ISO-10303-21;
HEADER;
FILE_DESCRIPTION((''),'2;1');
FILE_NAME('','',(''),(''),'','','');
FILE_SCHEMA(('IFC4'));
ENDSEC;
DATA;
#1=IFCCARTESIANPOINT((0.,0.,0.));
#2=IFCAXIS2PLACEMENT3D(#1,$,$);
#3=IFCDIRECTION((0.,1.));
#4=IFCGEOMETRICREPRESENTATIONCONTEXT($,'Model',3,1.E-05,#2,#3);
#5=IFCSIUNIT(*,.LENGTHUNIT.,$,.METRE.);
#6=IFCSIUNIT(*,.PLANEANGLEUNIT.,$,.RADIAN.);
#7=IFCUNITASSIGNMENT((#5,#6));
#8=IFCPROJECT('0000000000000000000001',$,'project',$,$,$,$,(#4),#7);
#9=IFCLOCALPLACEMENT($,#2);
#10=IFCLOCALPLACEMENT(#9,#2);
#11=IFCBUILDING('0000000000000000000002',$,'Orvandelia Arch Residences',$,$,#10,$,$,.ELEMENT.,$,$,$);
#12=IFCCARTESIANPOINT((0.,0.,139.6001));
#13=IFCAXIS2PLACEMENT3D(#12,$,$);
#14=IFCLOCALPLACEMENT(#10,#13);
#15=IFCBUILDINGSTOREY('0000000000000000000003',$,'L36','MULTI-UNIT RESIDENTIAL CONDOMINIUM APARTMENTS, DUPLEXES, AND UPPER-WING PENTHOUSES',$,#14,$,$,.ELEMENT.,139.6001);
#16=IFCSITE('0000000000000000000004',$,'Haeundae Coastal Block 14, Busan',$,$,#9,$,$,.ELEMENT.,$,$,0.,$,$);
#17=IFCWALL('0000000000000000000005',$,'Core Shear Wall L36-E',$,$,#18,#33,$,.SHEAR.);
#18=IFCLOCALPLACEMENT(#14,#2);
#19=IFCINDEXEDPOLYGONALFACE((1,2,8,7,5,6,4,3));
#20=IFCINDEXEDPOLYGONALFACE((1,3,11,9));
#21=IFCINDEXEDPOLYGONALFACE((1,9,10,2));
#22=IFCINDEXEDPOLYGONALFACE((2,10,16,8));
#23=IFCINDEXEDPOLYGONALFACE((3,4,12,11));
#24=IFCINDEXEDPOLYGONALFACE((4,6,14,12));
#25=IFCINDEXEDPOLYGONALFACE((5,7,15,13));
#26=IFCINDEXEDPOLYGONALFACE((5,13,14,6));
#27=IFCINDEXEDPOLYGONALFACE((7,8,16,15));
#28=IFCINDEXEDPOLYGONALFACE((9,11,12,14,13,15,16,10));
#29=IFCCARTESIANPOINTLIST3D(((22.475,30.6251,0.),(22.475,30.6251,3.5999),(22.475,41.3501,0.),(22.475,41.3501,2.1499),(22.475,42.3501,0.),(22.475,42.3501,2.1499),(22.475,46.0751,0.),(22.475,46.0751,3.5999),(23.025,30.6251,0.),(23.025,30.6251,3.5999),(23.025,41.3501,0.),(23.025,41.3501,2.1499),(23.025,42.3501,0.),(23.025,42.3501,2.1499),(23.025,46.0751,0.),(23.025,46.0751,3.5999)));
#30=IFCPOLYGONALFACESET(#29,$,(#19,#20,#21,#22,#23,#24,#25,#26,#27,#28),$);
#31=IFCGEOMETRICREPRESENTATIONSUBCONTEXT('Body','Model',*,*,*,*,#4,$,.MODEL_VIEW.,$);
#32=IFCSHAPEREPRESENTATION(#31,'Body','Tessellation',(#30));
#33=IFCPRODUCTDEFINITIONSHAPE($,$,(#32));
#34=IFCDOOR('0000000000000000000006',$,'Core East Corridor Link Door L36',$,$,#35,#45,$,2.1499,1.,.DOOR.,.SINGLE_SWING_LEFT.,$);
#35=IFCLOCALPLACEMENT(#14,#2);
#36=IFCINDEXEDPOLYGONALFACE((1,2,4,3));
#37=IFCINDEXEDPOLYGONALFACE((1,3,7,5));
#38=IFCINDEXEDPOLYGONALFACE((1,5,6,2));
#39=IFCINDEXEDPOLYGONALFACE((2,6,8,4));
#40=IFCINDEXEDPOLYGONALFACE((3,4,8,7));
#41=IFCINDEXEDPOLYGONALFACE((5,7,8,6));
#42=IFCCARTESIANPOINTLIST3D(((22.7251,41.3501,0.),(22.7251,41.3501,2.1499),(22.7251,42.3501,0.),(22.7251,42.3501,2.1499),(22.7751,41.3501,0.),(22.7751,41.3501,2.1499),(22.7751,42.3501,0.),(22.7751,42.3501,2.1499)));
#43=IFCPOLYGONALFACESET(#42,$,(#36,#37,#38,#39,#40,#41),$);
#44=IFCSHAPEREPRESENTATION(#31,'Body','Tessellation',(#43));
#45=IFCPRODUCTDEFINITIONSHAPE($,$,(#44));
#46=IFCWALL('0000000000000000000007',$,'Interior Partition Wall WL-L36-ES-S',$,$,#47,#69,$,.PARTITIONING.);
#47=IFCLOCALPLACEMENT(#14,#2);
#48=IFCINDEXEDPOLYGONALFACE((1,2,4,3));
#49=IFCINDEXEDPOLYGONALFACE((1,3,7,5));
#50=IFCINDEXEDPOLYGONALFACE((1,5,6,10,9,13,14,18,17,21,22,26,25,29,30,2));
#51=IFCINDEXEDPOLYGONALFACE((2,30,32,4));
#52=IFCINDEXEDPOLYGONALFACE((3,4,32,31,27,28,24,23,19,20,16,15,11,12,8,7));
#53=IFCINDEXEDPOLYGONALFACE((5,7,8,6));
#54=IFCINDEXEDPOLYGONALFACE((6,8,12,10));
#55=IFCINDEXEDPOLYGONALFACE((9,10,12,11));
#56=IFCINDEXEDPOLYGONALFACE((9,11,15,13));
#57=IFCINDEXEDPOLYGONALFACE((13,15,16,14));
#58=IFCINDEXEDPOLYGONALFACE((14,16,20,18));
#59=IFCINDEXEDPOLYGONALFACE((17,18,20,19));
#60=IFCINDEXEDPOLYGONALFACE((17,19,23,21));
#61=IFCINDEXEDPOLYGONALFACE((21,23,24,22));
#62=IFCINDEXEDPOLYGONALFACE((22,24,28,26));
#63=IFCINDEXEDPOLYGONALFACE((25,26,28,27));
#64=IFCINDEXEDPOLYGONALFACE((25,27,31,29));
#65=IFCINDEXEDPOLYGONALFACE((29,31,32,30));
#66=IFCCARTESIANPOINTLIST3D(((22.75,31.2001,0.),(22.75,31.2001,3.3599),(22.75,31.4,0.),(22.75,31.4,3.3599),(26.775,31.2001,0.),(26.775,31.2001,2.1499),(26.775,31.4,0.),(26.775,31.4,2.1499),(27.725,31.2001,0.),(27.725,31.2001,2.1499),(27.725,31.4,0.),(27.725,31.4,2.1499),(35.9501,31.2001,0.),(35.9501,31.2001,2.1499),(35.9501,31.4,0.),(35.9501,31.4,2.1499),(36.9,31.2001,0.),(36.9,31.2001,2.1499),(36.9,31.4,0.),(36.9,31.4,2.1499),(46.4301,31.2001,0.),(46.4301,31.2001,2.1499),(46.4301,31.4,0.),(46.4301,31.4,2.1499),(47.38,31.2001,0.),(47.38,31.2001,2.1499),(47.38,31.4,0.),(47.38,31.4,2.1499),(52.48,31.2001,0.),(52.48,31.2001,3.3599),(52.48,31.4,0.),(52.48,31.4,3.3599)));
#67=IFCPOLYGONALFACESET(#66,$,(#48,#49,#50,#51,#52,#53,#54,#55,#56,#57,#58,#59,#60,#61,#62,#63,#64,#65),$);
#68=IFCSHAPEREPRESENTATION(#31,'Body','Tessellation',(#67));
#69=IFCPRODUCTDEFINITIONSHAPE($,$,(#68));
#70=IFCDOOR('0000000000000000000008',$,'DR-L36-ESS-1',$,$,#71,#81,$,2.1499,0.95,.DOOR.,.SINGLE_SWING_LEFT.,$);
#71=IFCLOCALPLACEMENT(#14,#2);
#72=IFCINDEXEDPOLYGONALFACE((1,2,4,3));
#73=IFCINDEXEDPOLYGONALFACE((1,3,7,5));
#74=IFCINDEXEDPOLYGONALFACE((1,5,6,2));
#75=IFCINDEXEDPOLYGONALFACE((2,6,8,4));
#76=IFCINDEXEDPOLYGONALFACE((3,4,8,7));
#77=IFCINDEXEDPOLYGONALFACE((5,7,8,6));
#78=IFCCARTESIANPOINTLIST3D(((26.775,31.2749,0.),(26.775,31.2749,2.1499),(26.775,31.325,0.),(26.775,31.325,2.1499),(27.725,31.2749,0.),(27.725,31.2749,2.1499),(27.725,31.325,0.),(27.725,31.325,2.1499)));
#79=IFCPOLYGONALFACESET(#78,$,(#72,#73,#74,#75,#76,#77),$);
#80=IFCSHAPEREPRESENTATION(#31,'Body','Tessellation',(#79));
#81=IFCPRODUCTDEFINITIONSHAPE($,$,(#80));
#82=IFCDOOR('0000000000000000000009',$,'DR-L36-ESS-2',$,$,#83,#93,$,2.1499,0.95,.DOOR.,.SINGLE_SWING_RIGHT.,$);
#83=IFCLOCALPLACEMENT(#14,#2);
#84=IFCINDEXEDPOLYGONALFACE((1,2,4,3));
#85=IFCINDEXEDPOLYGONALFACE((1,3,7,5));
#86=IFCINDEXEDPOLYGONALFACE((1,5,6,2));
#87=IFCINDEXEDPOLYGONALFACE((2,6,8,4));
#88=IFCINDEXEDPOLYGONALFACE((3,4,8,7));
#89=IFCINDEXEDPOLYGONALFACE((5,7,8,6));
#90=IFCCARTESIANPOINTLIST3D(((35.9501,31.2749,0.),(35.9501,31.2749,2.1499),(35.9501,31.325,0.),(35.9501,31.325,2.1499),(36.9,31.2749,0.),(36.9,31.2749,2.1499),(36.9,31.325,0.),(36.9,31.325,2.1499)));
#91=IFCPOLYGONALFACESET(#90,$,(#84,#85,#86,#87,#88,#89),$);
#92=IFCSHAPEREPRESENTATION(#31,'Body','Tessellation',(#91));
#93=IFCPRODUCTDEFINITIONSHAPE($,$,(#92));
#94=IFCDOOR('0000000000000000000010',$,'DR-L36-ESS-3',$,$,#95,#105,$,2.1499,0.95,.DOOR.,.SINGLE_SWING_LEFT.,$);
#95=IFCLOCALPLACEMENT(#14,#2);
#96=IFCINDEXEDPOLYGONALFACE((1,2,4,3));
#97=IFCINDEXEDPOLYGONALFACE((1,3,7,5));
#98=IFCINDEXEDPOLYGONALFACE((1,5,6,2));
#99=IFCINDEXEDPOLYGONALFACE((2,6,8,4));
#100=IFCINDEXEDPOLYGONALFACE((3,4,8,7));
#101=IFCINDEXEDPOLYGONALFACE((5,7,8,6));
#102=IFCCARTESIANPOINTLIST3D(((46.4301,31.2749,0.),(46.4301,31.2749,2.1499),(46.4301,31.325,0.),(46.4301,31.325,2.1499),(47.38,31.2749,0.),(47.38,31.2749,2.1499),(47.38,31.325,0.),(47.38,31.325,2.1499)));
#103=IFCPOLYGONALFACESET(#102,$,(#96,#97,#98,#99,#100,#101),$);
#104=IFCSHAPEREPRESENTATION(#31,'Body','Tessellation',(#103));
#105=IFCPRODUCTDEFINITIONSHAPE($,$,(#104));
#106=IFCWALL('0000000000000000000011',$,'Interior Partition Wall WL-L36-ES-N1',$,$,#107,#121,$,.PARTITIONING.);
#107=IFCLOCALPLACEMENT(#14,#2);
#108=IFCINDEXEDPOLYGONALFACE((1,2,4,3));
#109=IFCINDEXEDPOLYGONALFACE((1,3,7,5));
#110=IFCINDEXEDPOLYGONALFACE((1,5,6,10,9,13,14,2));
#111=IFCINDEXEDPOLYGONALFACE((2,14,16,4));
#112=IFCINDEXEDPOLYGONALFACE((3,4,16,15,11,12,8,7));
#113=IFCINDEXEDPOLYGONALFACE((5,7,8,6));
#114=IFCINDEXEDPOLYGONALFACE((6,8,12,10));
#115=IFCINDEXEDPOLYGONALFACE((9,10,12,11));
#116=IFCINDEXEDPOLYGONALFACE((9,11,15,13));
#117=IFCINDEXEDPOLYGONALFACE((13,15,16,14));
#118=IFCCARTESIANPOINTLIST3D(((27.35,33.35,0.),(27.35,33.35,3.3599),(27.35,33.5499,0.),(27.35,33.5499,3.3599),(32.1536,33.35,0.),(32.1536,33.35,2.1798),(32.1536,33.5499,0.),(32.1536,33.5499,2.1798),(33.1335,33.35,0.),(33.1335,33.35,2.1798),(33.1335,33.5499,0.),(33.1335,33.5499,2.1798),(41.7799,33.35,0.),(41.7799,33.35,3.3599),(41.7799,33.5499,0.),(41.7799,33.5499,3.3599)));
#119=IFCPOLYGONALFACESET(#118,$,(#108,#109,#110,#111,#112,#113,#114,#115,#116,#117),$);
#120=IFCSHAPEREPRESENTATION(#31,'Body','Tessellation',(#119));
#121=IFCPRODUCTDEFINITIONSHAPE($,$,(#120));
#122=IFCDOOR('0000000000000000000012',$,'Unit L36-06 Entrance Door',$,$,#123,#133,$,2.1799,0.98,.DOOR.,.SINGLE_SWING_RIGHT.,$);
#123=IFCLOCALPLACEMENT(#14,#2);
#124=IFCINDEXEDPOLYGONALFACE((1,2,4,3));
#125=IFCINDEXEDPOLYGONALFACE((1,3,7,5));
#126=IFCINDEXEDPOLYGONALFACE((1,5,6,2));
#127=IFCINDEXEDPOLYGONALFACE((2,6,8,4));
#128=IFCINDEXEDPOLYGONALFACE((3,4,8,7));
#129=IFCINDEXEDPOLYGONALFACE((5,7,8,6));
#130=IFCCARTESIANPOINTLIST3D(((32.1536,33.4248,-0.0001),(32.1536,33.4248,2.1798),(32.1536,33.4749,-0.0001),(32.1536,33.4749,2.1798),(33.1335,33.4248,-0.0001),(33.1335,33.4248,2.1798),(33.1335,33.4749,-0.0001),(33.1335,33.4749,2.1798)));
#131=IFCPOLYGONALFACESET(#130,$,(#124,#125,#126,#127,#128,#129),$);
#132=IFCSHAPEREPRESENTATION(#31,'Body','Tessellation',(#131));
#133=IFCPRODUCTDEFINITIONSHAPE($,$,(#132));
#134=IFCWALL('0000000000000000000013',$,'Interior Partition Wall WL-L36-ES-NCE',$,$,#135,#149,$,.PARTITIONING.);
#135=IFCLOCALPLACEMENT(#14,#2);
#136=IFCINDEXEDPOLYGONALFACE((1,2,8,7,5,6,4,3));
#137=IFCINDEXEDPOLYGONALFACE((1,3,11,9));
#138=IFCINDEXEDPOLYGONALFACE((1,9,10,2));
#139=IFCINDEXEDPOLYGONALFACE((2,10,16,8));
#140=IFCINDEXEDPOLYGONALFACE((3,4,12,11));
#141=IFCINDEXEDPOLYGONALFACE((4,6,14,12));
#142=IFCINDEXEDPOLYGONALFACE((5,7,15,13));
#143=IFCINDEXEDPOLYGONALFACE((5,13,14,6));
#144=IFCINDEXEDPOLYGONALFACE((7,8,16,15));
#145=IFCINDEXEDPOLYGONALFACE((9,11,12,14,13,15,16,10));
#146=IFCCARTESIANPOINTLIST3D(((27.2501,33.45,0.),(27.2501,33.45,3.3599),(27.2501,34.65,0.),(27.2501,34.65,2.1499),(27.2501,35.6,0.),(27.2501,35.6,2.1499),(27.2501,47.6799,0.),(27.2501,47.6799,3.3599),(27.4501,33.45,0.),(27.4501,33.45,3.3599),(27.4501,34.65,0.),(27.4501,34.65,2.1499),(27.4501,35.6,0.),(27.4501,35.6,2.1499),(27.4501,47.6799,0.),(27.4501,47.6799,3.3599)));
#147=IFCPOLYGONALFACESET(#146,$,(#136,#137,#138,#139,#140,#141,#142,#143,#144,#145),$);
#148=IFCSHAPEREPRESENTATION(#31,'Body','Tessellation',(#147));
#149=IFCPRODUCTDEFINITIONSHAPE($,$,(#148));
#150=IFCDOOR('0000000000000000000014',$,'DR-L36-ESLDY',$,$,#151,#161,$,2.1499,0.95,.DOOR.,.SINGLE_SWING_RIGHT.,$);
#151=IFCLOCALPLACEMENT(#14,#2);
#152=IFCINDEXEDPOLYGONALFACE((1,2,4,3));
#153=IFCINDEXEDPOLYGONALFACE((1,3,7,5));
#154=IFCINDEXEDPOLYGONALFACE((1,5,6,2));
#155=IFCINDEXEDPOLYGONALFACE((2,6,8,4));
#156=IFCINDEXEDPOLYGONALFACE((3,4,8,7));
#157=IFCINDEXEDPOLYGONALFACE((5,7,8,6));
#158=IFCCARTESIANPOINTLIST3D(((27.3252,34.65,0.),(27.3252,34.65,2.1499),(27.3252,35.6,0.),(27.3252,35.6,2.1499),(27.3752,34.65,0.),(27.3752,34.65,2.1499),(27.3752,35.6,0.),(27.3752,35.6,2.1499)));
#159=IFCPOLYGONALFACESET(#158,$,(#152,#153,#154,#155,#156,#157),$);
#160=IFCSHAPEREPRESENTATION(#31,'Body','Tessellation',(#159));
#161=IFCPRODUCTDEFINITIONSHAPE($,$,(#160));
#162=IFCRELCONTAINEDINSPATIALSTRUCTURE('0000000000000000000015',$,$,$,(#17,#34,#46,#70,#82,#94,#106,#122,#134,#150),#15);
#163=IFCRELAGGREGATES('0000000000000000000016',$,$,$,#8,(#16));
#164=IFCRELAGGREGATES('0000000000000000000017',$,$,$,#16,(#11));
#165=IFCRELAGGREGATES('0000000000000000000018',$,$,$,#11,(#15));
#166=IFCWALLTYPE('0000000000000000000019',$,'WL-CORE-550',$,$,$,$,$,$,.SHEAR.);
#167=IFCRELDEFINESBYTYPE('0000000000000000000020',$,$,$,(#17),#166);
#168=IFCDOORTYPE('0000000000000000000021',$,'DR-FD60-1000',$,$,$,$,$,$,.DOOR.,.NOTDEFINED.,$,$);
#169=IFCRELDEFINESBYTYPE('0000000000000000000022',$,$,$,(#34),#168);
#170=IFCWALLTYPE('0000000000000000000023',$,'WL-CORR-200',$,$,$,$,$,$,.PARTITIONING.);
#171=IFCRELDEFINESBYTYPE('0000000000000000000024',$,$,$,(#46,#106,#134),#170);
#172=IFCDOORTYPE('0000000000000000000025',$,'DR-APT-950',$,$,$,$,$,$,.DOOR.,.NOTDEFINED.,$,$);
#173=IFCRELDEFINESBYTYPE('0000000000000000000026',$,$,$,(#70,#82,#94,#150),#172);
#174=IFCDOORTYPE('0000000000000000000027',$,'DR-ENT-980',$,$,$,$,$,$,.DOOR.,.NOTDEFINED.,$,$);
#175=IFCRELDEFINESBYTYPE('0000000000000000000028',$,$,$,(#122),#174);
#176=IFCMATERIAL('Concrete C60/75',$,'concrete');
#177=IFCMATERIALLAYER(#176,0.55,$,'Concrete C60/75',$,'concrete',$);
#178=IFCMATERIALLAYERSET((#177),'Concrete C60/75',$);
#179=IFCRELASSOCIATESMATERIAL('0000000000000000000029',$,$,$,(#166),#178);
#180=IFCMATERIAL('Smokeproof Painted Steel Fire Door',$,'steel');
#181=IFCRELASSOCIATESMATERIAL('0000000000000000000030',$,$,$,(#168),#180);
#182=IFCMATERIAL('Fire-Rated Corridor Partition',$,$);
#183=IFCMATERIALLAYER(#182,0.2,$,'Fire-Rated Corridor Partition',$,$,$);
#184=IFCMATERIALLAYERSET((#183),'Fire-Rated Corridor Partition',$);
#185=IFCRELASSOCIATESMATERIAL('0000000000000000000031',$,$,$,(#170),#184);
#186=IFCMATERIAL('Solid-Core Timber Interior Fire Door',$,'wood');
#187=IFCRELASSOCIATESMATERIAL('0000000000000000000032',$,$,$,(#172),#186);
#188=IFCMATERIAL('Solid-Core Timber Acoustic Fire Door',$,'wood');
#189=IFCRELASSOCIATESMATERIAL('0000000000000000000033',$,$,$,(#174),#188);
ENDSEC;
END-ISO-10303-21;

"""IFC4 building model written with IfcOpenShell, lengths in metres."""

from ifc_helpers import new_model, si_unit, direction, frame, frame_2d, origin, place, context, subcontext, project, spatial, rectangle, extrude, material, layer, layer_set, type_object, element, fill, save


model = new_model("IFC4")

# Units and contexts
model_context = context("Model", 3, precision=1e-05, world=origin(), true_north=direction((0.0, 1.0)))
body_context = subcontext(model_context, "Body", "Model", "MODEL_VIEW")
ifc_project = project(units=[si_unit("LENGTHUNIT", "METRE"), si_unit("PLANEANGLEUNIT", "RADIAN")], contexts=[model_context])

# Site, building, storey
site_placement = place(None, origin())
site = spatial("IfcSite", under=ifc_project, at=site_placement, Name="Haeundae Coastal Block 14, Busan", CompositionType="ELEMENT", RefElevation=0.0)
building_placement = place(site_placement, origin())
building = spatial("IfcBuilding", under=site, at=building_placement, Name="Orvandelia Arch Residences", CompositionType="ELEMENT")
storey_placement = place(building_placement, frame((0.0, 0.0, 139.6001)))
storey = spatial("IfcBuildingStorey", under=building, at=storey_placement, Name="L36", Description="MULTI-UNIT RESIDENTIAL CONDOMINIUM APARTMENTS, DUPLEXES, AND UPPER-WING PENTHOUSES", CompositionType="ELEMENT", Elevation=139.6001)

# Shared definitions
ifc_material_1 = material(Name="Concrete C60/75", Category="concrete")

# Wall, opening, door
ifc_layer_1 = layer(ifc_material_1, 0.55, Name="Concrete C60/75", Category="concrete")
ifc_layer_set_1 = layer_set([ifc_layer_1], Name="Concrete C60/75")
wall_type_1 = type_object("IfcWallType", Name="WL-CORE-550", PredefinedType="SHEAR", material=ifc_layer_set_1)
wall_1_placement = place(storey_placement, frame((22.75, 30.625, 0.0), z_axis=(0.0, 0.0, 1.0), x_axis=(0.0, 1.0, 0.0)))
wall_1 = element("IfcWall", 1, at=wall_1_placement, inside=storey, type_object=wall_type_1, Name="Core Shear Wall L36-E", PredefinedType="SHEAR", context=body_context, shape_type="SweptSolid", body=[
    extrude(rectangle(XDim=15.45, YDim=0.55, at=frame_2d((7.7251, 0.0))), origin(), (0.0, 0.0, 1.0), 3.5999),
])
opening_1_placement = place(wall_1_placement, frame((10.7251, 0.0, 0.0)))
opening_1 = element("IfcOpeningElement", 2, at=opening_1_placement, cuts=wall_1, PredefinedType="OPENING", context=body_context, shape_type="SweptSolid", body=[
    extrude(rectangle(XDim=1.0, YDim=2.1499, at=frame_2d((0.5, 1.075))), frame((0.0, 0.2852, 0.0), z_axis=(0.0, -1.0, 0.0), x_axis=(1.0, 0.0, 0.0)), (0.0, 0.0, 1.0), 0.5701),
])
ifc_material_2 = material(Name="Smokeproof Painted Steel Fire Door", Category="steel")
door_type_1 = type_object("IfcDoorType", Name="DR-FD60-1000", OperationType="NOTDEFINED", PredefinedType="DOOR", material=ifc_material_2)
door_1_placement = place(opening_1_placement, origin())
door_1 = element("IfcDoor", 3, at=door_1_placement, inside=storey, type_object=door_type_1, Name="Core East Corridor Link Door L36", OperationType="SINGLE_SWING_LEFT", OverallHeight=2.1499, OverallWidth=1.0, PredefinedType="DOOR", context=body_context, shape_type="SweptSolid", body=[
    extrude(rectangle(XDim=1.0, YDim=2.1499, at=frame_2d((0.5, 1.075))), frame((0.0, 0.0249, 0.0), z_axis=(0.0, -1.0, 0.0), x_axis=(1.0, 0.0, 0.0)), (0.0, 0.0, 1.0), 0.05),
])
fill(opening_1, door_1)

# Wall, openings, doors
ifc_material_3 = material(Name="Fire-Rated Corridor Partition")
ifc_layer_2 = layer(ifc_material_3, 0.2, Name="Fire-Rated Corridor Partition")
ifc_layer_set_2 = layer_set([ifc_layer_2], Name="Fire-Rated Corridor Partition")
wall_type_2 = type_object("IfcWallType", Name="WL-CORR-200", PredefinedType="PARTITIONING", material=ifc_layer_set_2)
wall_2_placement = place(storey_placement, frame((22.75, 31.3, 0.0), z_axis=(0.0, 0.0, 1.0), x_axis=(1.0, 0.0, 0.0)))
wall_2 = element("IfcWall", 4, at=wall_2_placement, inside=storey, type_object=wall_type_2, Name="Interior Partition Wall WL-L36-ES-S", PredefinedType="PARTITIONING", context=body_context, shape_type="SweptSolid", body=[
    extrude(rectangle(XDim=29.73, YDim=0.2, at=frame_2d((14.865, 0.0))), origin(), (0.0, 0.0, 1.0), 3.3599),
])
opening_2_placement = place(wall_2_placement, frame((4.0249, 0.0, 0.0)))
opening_2 = element("IfcOpeningElement", 5, at=opening_2_placement, cuts=wall_2, PredefinedType="OPENING", context=body_context, shape_type="SweptSolid", body=[
    extrude(rectangle(XDim=0.95, YDim=2.1499, at=frame_2d((0.4751, 1.075))), frame((0.0, 0.1099, 0.0), z_axis=(0.0, -1.0, 0.0), x_axis=(1.0, 0.0, 0.0)), (0.0, 0.0, 1.0), 0.22),
])
opening_3_placement = place(wall_2_placement, frame((13.2, 0.0, 0.0)))
opening_3 = element("IfcOpeningElement", 6, at=opening_3_placement, cuts=wall_2, PredefinedType="OPENING", context=body_context, shape_type="SweptSolid", body=[
    extrude(rectangle(XDim=0.95, YDim=2.1499, at=frame_2d((0.4751, 1.075))), frame((0.0, 0.1099, 0.0), z_axis=(0.0, -1.0, 0.0), x_axis=(1.0, 0.0, 0.0)), (0.0, 0.0, 1.0), 0.22),
])
opening_4_placement = place(wall_2_placement, frame((23.6799, 0.0, 0.0)))
opening_4 = element("IfcOpeningElement", 7, at=opening_4_placement, cuts=wall_2, PredefinedType="OPENING", context=body_context, shape_type="SweptSolid", body=[
    extrude(rectangle(XDim=0.95, YDim=2.1499, at=frame_2d((0.4751, 1.075))), frame((0.0, 0.1099, 0.0), z_axis=(0.0, -1.0, 0.0), x_axis=(1.0, 0.0, 0.0)), (0.0, 0.0, 1.0), 0.22),
])
ifc_material_4 = material(Name="Solid-Core Timber Interior Fire Door", Category="wood")
door_type_2 = type_object("IfcDoorType", Name="DR-APT-950", OperationType="NOTDEFINED", PredefinedType="DOOR", material=ifc_material_4)
door_2_placement = place(opening_2_placement, origin())
door_2 = element("IfcDoor", 8, at=door_2_placement, inside=storey, type_object=door_type_2, Name="DR-L36-ESS-1", OperationType="SINGLE_SWING_LEFT", OverallHeight=2.1499, OverallWidth=0.95, PredefinedType="DOOR", context=body_context, shape_type="SweptSolid", body=[
    extrude(rectangle(XDim=0.95, YDim=2.1499, at=frame_2d((0.4751, 1.075))), frame((0.0, 0.0249, 0.0), z_axis=(0.0, -1.0, 0.0), x_axis=(1.0, 0.0, 0.0)), (0.0, 0.0, 1.0), 0.05),
])
fill(opening_2, door_2)
door_3_placement = place(opening_3_placement, origin())
door_3 = element("IfcDoor", 9, at=door_3_placement, inside=storey, type_object=door_type_2, Name="DR-L36-ESS-2", OperationType="SINGLE_SWING_RIGHT", OverallHeight=2.1499, OverallWidth=0.95, PredefinedType="DOOR", context=body_context, shape_type="SweptSolid", body=[
    extrude(rectangle(XDim=0.95, YDim=2.1499, at=frame_2d((0.4751, 1.075))), frame((0.0, 0.0249, 0.0), z_axis=(0.0, -1.0, 0.0), x_axis=(1.0, 0.0, 0.0)), (0.0, 0.0, 1.0), 0.05),
])
fill(opening_3, door_3)
door_4_placement = place(opening_4_placement, origin())
door_4 = element("IfcDoor", 10, at=door_4_placement, inside=storey, type_object=door_type_2, Name="DR-L36-ESS-3", OperationType="SINGLE_SWING_LEFT", OverallHeight=2.1499, OverallWidth=0.95, PredefinedType="DOOR", context=body_context, shape_type="SweptSolid", body=[
    extrude(rectangle(XDim=0.95, YDim=2.1499, at=frame_2d((0.4751, 1.075))), frame((0.0, 0.0249, 0.0), z_axis=(0.0, -1.0, 0.0), x_axis=(1.0, 0.0, 0.0)), (0.0, 0.0, 1.0), 0.05),
])
fill(opening_4, door_4)

# Walls, openings, doors
wall_3_placement = place(storey_placement, frame((27.3501, 33.45, 0.0), z_axis=(0.0, 0.0, 1.0), x_axis=(1.0, 0.0, 0.0)))
wall_3 = element("IfcWall", 11, at=wall_3_placement, inside=storey, type_object=wall_type_2, Name="Interior Partition Wall WL-L36-ES-N1", PredefinedType="PARTITIONING", context=body_context, shape_type="SweptSolid", body=[
    extrude(rectangle(XDim=14.4299, YDim=0.2, at=frame_2d((7.2148, 0.0))), origin(), (0.0, 0.0, 1.0), 3.3599),
])
opening_5_placement = place(wall_3_placement, frame((4.8035, 0.0, 0.0)))
opening_5 = element("IfcOpeningElement", 12, at=opening_5_placement, cuts=wall_3, PredefinedType="OPENING", context=body_context, shape_type="SweptSolid", body=[
    extrude(rectangle(XDim=0.98, YDim=2.1799, at=frame_2d((0.49, 1.0898))), frame((0.0, 0.1099, 0.0), z_axis=(0.0, -1.0, 0.0), x_axis=(1.0, 0.0, 0.0)), (0.0, 0.0, 1.0), 0.22),
])
ifc_material_5 = material(Name="Solid-Core Timber Acoustic Fire Door", Category="wood")
door_type_3 = type_object("IfcDoorType", Name="DR-ENT-980", OperationType="NOTDEFINED", PredefinedType="DOOR", material=ifc_material_5)
door_5_placement = place(opening_5_placement, origin())
door_5 = element("IfcDoor", 13, at=door_5_placement, inside=storey, type_object=door_type_3, Name="Unit L36-06 Entrance Door", OperationType="SINGLE_SWING_RIGHT", OverallHeight=2.1799, OverallWidth=0.98, PredefinedType="DOOR", context=body_context, shape_type="SweptSolid", body=[
    extrude(rectangle(XDim=0.98, YDim=2.1799, at=frame_2d((0.49, 1.0898))), frame((0.0, 0.0249, 0.0), z_axis=(0.0, -1.0, 0.0), x_axis=(1.0, 0.0, 0.0)), (0.0, 0.0, 1.0), 0.05),
])
fill(opening_5, door_5)
wall_4_placement = place(storey_placement, frame((27.3501, 33.45, 0.0), z_axis=(0.0, 0.0, 1.0), x_axis=(0.0, 1.0, 0.0)))
wall_4 = element("IfcWall", 14, at=wall_4_placement, inside=storey, type_object=wall_type_2, Name="Interior Partition Wall WL-L36-ES-NCE", PredefinedType="PARTITIONING", context=body_context, shape_type="SweptSolid", body=[
    extrude(rectangle(XDim=14.23, YDim=0.2, at=frame_2d((7.115, 0.0))), origin(), (0.0, 0.0, 1.0), 3.3599),
])
opening_6_placement = place(wall_4_placement, frame((1.2, 0.0, 0.0)))
opening_6 = element("IfcOpeningElement", 15, at=opening_6_placement, cuts=wall_4, PredefinedType="OPENING", context=body_context, shape_type="SweptSolid", body=[
    extrude(rectangle(XDim=0.95, YDim=2.1499, at=frame_2d((0.4751, 1.075))), frame((0.0, 0.1099, 0.0), z_axis=(0.0, -1.0, 0.0), x_axis=(1.0, 0.0, 0.0)), (0.0, 0.0, 1.0), 0.22),
])
door_6_placement = place(opening_6_placement, origin())
door_6 = element("IfcDoor", 16, at=door_6_placement, inside=storey, type_object=door_type_2, Name="DR-L36-ESLDY", OperationType="SINGLE_SWING_RIGHT", OverallHeight=2.1499, OverallWidth=0.95, PredefinedType="DOOR", context=body_context, shape_type="SweptSolid", body=[
    extrude(rectangle(XDim=0.95, YDim=2.1499, at=frame_2d((0.4751, 1.075))), frame((0.0, 0.0249, 0.0), z_axis=(0.0, -1.0, 0.0), x_axis=(1.0, 0.0, 0.0)), (0.0, 0.0, 1.0), 0.05),
])
fill(opening_6, door_6)

save(model, "model.ifc")
